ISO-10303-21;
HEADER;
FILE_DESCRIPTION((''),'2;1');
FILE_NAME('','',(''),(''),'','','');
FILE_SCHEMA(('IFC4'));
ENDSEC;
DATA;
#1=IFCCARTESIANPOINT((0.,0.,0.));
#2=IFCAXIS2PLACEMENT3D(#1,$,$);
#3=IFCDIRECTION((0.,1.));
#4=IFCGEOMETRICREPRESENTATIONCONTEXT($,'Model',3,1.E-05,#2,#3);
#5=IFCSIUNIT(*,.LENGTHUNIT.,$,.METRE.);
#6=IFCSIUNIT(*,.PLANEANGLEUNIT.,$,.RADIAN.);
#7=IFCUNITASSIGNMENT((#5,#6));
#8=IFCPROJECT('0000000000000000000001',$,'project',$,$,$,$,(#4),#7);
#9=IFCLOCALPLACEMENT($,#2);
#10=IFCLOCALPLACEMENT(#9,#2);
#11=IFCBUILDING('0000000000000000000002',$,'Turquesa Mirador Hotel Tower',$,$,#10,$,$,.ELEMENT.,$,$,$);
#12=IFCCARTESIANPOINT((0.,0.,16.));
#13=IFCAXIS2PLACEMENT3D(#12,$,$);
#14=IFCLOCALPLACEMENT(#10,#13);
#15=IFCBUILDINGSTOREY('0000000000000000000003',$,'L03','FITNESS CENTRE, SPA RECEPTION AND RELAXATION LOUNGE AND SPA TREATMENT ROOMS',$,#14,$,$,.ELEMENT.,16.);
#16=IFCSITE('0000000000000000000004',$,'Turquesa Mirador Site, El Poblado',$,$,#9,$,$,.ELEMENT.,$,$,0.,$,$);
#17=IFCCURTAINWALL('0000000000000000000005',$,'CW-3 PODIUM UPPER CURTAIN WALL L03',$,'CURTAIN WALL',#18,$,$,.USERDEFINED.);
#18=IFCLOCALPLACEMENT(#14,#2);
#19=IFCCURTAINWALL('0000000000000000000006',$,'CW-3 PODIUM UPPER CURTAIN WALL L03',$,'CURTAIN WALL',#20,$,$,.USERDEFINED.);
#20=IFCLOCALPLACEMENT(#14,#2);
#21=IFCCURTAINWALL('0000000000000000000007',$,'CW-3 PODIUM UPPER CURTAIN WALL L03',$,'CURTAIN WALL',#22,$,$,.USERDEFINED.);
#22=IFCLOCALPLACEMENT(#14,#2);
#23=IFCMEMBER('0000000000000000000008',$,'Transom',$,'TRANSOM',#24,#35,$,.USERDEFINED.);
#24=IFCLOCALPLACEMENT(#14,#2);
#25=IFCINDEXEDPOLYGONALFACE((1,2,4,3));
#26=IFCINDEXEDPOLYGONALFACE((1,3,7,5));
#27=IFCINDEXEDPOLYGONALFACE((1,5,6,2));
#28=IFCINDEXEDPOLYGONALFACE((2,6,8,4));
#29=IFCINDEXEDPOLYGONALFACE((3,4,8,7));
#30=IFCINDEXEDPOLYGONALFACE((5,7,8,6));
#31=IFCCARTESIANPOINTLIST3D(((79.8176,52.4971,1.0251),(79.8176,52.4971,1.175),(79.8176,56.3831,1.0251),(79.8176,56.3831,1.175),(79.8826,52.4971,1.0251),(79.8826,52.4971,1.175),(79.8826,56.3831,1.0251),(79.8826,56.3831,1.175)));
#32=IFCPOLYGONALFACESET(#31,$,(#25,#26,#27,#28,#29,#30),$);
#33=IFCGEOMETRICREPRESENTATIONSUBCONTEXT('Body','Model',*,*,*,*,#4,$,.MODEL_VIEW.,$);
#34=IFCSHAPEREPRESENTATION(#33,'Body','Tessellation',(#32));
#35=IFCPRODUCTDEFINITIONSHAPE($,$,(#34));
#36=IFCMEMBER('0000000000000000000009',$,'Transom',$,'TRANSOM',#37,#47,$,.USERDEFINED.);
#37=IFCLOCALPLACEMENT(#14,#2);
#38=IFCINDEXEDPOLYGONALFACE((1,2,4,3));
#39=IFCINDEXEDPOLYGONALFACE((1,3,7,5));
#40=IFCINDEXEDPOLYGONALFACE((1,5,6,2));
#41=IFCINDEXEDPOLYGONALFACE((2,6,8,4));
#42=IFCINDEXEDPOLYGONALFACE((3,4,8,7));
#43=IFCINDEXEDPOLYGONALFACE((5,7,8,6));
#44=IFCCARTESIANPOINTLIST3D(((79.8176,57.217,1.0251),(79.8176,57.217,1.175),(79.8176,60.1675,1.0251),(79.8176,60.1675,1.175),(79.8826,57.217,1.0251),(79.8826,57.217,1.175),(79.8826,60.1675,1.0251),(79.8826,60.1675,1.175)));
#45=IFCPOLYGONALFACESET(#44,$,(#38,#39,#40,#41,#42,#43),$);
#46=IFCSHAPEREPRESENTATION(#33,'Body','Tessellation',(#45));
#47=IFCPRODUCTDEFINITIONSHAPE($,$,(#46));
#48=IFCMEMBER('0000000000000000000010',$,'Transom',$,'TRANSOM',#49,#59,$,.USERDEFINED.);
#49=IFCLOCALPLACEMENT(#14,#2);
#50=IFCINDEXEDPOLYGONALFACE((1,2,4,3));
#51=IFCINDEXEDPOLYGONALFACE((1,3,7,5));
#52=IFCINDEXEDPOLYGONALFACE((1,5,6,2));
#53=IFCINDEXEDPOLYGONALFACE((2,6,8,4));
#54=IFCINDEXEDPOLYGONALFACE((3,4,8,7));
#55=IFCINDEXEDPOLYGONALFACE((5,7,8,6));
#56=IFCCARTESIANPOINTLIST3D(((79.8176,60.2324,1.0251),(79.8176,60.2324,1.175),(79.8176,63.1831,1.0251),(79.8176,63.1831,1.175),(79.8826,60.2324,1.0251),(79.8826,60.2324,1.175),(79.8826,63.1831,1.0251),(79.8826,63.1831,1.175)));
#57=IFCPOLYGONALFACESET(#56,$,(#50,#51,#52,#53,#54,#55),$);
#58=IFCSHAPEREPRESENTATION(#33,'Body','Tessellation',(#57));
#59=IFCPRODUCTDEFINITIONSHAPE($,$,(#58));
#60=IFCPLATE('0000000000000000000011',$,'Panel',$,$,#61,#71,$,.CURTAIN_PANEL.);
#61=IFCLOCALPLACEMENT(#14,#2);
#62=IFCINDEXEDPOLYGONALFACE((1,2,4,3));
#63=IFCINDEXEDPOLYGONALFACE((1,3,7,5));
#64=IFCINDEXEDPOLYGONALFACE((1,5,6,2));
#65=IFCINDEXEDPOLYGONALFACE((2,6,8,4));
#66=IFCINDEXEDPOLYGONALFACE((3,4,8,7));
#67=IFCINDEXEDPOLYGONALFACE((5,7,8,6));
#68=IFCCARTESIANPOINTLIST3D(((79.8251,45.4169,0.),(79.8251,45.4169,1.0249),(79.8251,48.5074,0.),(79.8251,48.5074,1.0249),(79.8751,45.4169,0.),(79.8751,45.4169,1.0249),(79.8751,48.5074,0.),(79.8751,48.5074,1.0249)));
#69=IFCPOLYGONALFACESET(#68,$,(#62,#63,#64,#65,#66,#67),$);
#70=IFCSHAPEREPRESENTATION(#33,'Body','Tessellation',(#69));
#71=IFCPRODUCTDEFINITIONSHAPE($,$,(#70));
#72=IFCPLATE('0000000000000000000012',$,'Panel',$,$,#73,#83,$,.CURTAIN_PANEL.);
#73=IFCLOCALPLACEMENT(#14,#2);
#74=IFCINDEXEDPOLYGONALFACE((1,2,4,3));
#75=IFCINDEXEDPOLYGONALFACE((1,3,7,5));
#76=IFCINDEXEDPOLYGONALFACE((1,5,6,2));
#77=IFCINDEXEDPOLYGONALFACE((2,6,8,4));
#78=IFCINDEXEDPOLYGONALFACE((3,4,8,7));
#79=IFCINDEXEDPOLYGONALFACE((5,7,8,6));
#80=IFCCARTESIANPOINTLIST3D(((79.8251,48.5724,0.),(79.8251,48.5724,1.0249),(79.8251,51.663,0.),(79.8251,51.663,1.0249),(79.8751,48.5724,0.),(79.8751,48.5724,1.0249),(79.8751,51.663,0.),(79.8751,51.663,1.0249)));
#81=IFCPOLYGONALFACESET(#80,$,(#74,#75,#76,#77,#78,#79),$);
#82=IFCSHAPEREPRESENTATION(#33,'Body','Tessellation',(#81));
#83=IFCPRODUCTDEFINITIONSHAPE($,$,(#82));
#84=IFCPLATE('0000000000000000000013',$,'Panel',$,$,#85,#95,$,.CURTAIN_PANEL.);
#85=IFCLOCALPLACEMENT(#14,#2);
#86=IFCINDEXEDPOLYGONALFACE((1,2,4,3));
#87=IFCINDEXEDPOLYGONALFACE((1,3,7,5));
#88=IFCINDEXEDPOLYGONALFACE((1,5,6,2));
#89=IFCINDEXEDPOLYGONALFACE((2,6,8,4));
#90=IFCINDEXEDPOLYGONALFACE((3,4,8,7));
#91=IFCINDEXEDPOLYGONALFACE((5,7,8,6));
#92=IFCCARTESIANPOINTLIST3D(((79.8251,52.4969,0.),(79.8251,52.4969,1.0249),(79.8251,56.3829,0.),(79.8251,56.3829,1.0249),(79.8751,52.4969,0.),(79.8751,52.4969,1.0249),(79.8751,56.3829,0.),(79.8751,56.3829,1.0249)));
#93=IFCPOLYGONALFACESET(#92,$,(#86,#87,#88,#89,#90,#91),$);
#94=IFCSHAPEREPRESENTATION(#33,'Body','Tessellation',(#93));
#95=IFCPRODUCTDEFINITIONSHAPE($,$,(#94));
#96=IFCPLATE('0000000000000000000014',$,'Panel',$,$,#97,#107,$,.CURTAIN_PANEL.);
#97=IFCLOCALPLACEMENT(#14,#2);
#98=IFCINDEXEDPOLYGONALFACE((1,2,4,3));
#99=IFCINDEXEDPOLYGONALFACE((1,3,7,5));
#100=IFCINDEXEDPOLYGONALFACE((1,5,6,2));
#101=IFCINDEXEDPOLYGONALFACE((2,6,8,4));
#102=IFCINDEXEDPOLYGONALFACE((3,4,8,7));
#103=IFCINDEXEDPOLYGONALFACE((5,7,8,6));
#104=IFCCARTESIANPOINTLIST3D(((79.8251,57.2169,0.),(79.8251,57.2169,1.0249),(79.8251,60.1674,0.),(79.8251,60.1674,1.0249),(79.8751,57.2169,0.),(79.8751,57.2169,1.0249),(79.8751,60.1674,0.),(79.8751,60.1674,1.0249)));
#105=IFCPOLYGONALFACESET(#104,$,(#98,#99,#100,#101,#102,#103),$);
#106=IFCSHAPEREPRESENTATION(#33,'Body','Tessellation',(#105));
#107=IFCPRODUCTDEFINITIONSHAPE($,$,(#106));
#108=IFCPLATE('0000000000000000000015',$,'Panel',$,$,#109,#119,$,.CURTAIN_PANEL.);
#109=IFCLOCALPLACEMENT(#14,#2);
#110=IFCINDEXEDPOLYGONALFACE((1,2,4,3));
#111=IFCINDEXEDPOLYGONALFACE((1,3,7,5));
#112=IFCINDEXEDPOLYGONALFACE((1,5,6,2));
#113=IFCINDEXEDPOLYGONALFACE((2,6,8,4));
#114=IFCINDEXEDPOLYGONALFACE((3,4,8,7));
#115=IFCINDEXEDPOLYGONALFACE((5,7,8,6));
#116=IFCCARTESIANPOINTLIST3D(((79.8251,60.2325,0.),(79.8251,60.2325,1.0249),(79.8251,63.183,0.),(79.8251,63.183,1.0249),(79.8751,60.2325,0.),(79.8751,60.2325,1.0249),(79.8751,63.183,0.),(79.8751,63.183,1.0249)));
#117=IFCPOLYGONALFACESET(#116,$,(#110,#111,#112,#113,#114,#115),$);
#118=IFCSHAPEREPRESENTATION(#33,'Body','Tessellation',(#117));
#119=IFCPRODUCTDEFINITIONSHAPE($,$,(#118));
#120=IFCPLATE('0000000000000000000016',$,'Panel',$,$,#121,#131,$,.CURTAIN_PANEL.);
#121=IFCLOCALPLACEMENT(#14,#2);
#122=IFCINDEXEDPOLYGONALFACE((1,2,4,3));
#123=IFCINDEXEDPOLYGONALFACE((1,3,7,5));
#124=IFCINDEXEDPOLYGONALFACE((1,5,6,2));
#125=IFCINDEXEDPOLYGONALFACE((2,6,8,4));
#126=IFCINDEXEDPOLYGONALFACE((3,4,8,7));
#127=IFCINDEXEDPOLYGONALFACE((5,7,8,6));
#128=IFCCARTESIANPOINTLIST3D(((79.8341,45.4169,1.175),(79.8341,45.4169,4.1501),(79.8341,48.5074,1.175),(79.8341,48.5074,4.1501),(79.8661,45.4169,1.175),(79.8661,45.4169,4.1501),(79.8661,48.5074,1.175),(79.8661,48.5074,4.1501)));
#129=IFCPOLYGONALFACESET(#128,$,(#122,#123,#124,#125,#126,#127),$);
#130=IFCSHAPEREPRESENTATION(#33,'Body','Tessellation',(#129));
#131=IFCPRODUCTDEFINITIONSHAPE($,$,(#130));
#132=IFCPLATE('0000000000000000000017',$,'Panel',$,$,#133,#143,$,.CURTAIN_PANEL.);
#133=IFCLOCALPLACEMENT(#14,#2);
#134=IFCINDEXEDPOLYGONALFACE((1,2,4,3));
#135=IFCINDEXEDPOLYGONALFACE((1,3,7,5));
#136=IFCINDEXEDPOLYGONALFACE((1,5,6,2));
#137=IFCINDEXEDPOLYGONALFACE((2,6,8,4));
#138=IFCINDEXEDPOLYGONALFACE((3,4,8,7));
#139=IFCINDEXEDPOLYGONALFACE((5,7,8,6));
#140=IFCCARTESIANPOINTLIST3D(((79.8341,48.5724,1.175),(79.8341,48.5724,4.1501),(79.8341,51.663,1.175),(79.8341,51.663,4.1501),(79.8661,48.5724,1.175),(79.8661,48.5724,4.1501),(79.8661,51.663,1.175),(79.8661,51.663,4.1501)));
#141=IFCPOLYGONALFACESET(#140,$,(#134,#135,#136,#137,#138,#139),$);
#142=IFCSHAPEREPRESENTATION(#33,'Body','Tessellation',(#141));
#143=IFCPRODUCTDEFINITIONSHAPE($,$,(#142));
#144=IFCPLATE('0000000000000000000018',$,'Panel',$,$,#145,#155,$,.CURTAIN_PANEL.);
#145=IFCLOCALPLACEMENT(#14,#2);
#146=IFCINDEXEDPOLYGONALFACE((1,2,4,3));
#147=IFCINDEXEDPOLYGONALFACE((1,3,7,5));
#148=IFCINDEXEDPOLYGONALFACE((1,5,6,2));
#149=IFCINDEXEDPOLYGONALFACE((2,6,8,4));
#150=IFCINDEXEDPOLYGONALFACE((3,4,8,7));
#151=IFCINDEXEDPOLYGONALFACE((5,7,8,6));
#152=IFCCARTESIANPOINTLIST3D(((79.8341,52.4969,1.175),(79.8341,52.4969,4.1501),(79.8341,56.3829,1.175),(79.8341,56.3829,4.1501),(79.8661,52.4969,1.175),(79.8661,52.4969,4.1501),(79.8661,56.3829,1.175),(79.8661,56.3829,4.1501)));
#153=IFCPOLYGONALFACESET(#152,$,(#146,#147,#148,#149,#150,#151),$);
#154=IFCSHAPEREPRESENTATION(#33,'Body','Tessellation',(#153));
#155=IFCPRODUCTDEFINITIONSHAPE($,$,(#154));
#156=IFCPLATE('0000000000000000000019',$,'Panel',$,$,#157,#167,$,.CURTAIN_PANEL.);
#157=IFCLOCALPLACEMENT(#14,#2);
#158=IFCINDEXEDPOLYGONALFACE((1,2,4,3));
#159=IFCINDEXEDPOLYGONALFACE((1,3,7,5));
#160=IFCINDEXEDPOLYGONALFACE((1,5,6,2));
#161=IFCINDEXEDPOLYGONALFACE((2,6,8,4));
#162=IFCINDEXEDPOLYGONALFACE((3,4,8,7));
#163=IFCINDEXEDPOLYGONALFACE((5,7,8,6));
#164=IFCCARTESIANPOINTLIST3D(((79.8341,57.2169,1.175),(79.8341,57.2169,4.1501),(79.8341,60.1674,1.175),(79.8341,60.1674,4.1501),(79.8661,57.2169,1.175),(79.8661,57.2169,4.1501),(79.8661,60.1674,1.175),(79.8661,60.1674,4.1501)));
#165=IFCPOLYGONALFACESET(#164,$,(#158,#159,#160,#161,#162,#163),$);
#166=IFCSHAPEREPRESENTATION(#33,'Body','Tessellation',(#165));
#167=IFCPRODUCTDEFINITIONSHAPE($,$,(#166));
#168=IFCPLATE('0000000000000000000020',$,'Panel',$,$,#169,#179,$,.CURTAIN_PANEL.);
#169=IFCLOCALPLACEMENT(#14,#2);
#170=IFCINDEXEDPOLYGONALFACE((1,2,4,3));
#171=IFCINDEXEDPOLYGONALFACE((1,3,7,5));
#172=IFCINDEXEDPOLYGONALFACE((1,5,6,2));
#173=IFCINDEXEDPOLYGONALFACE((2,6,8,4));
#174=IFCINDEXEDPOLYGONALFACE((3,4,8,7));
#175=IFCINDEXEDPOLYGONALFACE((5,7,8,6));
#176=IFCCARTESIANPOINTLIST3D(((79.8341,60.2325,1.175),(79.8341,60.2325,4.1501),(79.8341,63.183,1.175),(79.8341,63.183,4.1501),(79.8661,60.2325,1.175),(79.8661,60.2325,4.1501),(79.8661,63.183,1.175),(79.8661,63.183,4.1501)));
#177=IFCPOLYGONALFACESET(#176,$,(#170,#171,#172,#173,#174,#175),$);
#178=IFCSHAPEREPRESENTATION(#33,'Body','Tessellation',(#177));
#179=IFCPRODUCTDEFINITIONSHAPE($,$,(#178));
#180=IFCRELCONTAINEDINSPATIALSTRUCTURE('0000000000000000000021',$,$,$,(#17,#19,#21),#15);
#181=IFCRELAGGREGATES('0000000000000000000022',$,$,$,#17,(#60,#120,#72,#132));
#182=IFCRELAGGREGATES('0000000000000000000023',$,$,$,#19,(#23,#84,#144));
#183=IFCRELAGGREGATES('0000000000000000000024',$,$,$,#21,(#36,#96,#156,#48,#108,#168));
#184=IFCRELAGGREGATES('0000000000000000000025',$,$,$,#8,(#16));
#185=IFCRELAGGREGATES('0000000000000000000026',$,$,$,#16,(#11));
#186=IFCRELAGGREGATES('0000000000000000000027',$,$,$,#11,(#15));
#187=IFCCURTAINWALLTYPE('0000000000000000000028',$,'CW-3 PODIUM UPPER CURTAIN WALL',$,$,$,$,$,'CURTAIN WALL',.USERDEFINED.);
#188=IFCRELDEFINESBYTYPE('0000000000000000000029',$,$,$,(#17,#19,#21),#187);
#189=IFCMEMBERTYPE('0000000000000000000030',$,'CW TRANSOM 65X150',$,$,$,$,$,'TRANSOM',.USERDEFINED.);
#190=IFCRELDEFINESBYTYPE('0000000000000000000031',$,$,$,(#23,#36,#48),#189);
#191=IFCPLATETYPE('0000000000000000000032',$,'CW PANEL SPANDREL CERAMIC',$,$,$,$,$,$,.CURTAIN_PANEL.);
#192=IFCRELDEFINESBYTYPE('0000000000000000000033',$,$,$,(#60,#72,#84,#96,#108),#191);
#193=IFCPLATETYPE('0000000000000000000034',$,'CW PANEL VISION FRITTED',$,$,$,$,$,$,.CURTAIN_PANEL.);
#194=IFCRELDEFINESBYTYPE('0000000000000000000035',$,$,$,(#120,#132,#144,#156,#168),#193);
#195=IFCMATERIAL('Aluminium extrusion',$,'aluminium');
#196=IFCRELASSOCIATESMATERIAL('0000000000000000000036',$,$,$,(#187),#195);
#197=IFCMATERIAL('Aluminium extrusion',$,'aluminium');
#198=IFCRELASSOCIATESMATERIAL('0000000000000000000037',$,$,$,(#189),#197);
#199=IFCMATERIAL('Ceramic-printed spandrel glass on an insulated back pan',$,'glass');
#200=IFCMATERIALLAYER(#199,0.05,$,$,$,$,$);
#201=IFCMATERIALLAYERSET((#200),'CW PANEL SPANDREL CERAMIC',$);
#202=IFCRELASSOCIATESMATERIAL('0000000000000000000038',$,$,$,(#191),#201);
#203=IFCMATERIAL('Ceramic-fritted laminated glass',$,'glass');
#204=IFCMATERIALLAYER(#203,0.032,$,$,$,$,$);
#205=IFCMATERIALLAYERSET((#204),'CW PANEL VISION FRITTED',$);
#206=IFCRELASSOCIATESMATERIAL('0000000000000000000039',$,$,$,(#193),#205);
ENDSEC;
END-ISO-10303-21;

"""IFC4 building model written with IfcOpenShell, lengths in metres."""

from ifc_helpers import new_model, si_unit, direction, frame, origin, origin_2d, place, context, subcontext, project, spatial, rectangle, extrude, material, layer, layer_set, material_profile, profile_set, type_object, element, aggregate, save


model = new_model("IFC4")

# Units and contexts
model_context = context("Model", 3, precision=1e-05, world=origin(), true_north=direction((0.0, 1.0)))
body_context = subcontext(model_context, "Body", "Model", "MODEL_VIEW")
ifc_project = project(units=[si_unit("LENGTHUNIT", "METRE"), si_unit("PLANEANGLEUNIT", "RADIAN")], contexts=[model_context])

# Site, building, storey
site_placement = place(None, origin())
site = spatial("IfcSite", under=ifc_project, at=site_placement, Name="Turquesa Mirador Site, El Poblado", CompositionType="ELEMENT", RefElevation=0.0)
building_placement = place(site_placement, origin())
building = spatial("IfcBuilding", under=site, at=building_placement, Name="Turquesa Mirador Hotel Tower", CompositionType="ELEMENT")
storey_placement = place(building_placement, frame((0.0, 0.0, 16.0)))
storey = spatial("IfcBuildingStorey", under=building, at=storey_placement, Name="L03", Description="FITNESS CENTRE, SPA RECEPTION AND RELAXATION LOUNGE AND SPA TREATMENT ROOMS", CompositionType="ELEMENT", Elevation=16.0)

# Curtain walls
ifc_material_1 = material(Name="Aluminium extrusion", Category="aluminium")
curtain_wall_type = type_object("IfcCurtainWallType", Name="CW-3 PODIUM UPPER CURTAIN WALL", ElementType="CURTAIN WALL", PredefinedType="USERDEFINED", material=ifc_material_1)
curtain_wall_1_placement = place(storey_placement, origin())
curtain_wall_1 = element("IfcCurtainWall", 1, at=curtain_wall_1_placement, inside=storey, type_object=curtain_wall_type, Name="CW-3 PODIUM UPPER CURTAIN WALL L03", ObjectType="CURTAIN WALL", PredefinedType="USERDEFINED")
curtain_wall_2_placement = place(storey_placement, origin())
curtain_wall_2 = element("IfcCurtainWall", 2, at=curtain_wall_2_placement, inside=storey, type_object=curtain_wall_type, Name="CW-3 PODIUM UPPER CURTAIN WALL L03", ObjectType="CURTAIN WALL", PredefinedType="USERDEFINED")
curtain_wall_3_placement = place(storey_placement, origin())
curtain_wall_3 = element("IfcCurtainWall", 3, at=curtain_wall_3_placement, inside=storey, type_object=curtain_wall_type, Name="CW-3 PODIUM UPPER CURTAIN WALL L03", ObjectType="CURTAIN WALL", PredefinedType="USERDEFINED")

# Members
ifc_material_2 = material(Name="Aluminium extrusion", Category="aluminium")
ifc_material_profile_1 = material_profile(ifc_material_2, rectangle(XDim=0.0649, YDim=0.1499, at=origin_2d()), Name="TRANSOM 65X150")
ifc_profile_set_1 = profile_set([ifc_material_profile_1], Name="Aluminium extrusion")
member_type_1 = type_object("IfcMemberType", Name="CW TRANSOM 65X150", ElementType="TRANSOM", PredefinedType="USERDEFINED", material=ifc_profile_set_1)
member_1_placement = place(storey_placement, frame((79.8501, 52.4971, 1.1001), z_axis=(0.0, 1.0, 0.0), x_axis=(-1.0, 0.0, 0.0)))
member_1 = element("IfcMember", 4, at=member_1_placement, type_object=member_type_1, Name="Transom", ObjectType="TRANSOM", PredefinedType="USERDEFINED", context=body_context, shape_type="SweptSolid", body=[
    extrude(rectangle(XDim=0.0649, YDim=0.1499, at=origin_2d()), origin(), (0.0, 0.0, 1.0), 3.886),
])
member_2_placement = place(storey_placement, frame((79.8501, 57.217, 1.1001), z_axis=(0.0, 1.0, 0.0), x_axis=(-1.0, 0.0, 0.0)))
member_2 = element("IfcMember", 5, at=member_2_placement, type_object=member_type_1, Name="Transom", ObjectType="TRANSOM", PredefinedType="USERDEFINED", context=body_context, shape_type="SweptSolid", body=[
    extrude(rectangle(XDim=0.0649, YDim=0.1499, at=origin_2d()), origin(), (0.0, 0.0, 1.0), 2.9504),
])
member_3_placement = place(storey_placement, frame((79.8501, 60.2324, 1.1001), z_axis=(0.0, 1.0, 0.0), x_axis=(-1.0, 0.0, 0.0)))
member_3 = element("IfcMember", 6, at=member_3_placement, type_object=member_type_1, Name="Transom", ObjectType="TRANSOM", PredefinedType="USERDEFINED", context=body_context, shape_type="SweptSolid", body=[
    extrude(rectangle(XDim=0.0649, YDim=0.1499, at=origin_2d()), origin(), (0.0, 0.0, 1.0), 2.9507),
])

# Plates
ifc_material_3 = material(Name="Ceramic-printed spandrel glass on an insulated back pan", Category="glass")
ifc_layer_1 = layer(ifc_material_3, 0.05)
ifc_layer_set_1 = layer_set([ifc_layer_1], Name="CW PANEL SPANDREL CERAMIC")
plate_type_1 = type_object("IfcPlateType", Name="CW PANEL SPANDREL CERAMIC", PredefinedType="CURTAIN_PANEL", material=ifc_layer_set_1)
plate_1_placement = place(storey_placement, frame((79.8501, 46.9622, 0.0), z_axis=(0.0, 0.0, 1.0), x_axis=(0.0, 1.0, 0.0)))
plate_1 = element("IfcPlate", 7, at=plate_1_placement, type_object=plate_type_1, Name="Panel", PredefinedType="CURTAIN_PANEL", context=body_context, shape_type="SweptSolid", body=[
    extrude(rectangle(XDim=3.0906, YDim=0.05, at=origin_2d()), origin(), (0.0, 0.0, 1.0), 1.0249),
])
plate_2_placement = place(storey_placement, frame((79.8501, 50.1177, 0.0), z_axis=(0.0, 0.0, 1.0), x_axis=(0.0, 1.0, 0.0)))
plate_2 = element("IfcPlate", 8, at=plate_2_placement, type_object=plate_type_1, Name="Panel", PredefinedType="CURTAIN_PANEL", context=body_context, shape_type="SweptSolid", body=[
    extrude(rectangle(XDim=3.0906, YDim=0.05, at=origin_2d()), origin(), (0.0, 0.0, 1.0), 1.0249),
])
plate_3_placement = place(storey_placement, frame((79.8501, 54.4399, 0.0), z_axis=(0.0, 0.0, 1.0), x_axis=(0.0, 1.0, 0.0)))
plate_3 = element("IfcPlate", 9, at=plate_3_placement, type_object=plate_type_1, Name="Panel", PredefinedType="CURTAIN_PANEL", context=body_context, shape_type="SweptSolid", body=[
    extrude(rectangle(XDim=3.886, YDim=0.05, at=origin_2d()), origin(), (0.0, 0.0, 1.0), 1.0249),
])
plate_4_placement = place(storey_placement, frame((79.8501, 58.6921, 0.0), z_axis=(0.0, 0.0, 1.0), x_axis=(0.0, 1.0, 0.0)))
plate_4 = element("IfcPlate", 10, at=plate_4_placement, type_object=plate_type_1, Name="Panel", PredefinedType="CURTAIN_PANEL", context=body_context, shape_type="SweptSolid", body=[
    extrude(rectangle(XDim=2.9504, YDim=0.05, at=origin_2d()), origin(), (0.0, 0.0, 1.0), 1.0249),
])
plate_5_placement = place(storey_placement, frame((79.8501, 61.7078, 0.0), z_axis=(0.0, 0.0, 1.0), x_axis=(0.0, 1.0, 0.0)))
plate_5 = element("IfcPlate", 11, at=plate_5_placement, type_object=plate_type_1, Name="Panel", PredefinedType="CURTAIN_PANEL", context=body_context, shape_type="SweptSolid", body=[
    extrude(rectangle(XDim=2.9504, YDim=0.05, at=origin_2d()), origin(), (0.0, 0.0, 1.0), 1.0249),
])
ifc_material_4 = material(Name="Ceramic-fritted laminated glass", Category="glass")
ifc_layer_2 = layer(ifc_material_4, 0.032)
ifc_layer_set_2 = layer_set([ifc_layer_2], Name="CW PANEL VISION FRITTED")
plate_type_2 = type_object("IfcPlateType", Name="CW PANEL VISION FRITTED", PredefinedType="CURTAIN_PANEL", material=ifc_layer_set_2)
plate_6_placement = place(storey_placement, frame((79.8501, 46.9622, 1.175), z_axis=(0.0, 0.0, 1.0), x_axis=(0.0, 1.0, 0.0)))
plate_6 = element("IfcPlate", 12, at=plate_6_placement, type_object=plate_type_2, Name="Panel", PredefinedType="CURTAIN_PANEL", context=body_context, shape_type="SweptSolid", body=[
    extrude(rectangle(XDim=3.0906, YDim=0.032, at=origin_2d()), origin(), (0.0, 0.0, 1.0), 2.9751),
])
plate_7_placement = place(storey_placement, frame((79.8501, 50.1177, 1.175), z_axis=(0.0, 0.0, 1.0), x_axis=(0.0, 1.0, 0.0)))
plate_7 = element("IfcPlate", 13, at=plate_7_placement, type_object=plate_type_2, Name="Panel", PredefinedType="CURTAIN_PANEL", context=body_context, shape_type="SweptSolid", body=[
    extrude(rectangle(XDim=3.0906, YDim=0.032, at=origin_2d()), origin(), (0.0, 0.0, 1.0), 2.9751),
])
aggregate(curtain_wall_1, [plate_1, plate_6, plate_2, plate_7])
plate_8_placement = place(storey_placement, frame((79.8501, 54.4399, 1.175), z_axis=(0.0, 0.0, 1.0), x_axis=(0.0, 1.0, 0.0)))
plate_8 = element("IfcPlate", 14, at=plate_8_placement, type_object=plate_type_2, Name="Panel", PredefinedType="CURTAIN_PANEL", context=body_context, shape_type="SweptSolid", body=[
    extrude(rectangle(XDim=3.886, YDim=0.032, at=origin_2d()), origin(), (0.0, 0.0, 1.0), 2.9751),
])
aggregate(curtain_wall_2, [member_1, plate_3, plate_8])
plate_9_placement = place(storey_placement, frame((79.8501, 58.6921, 1.175), z_axis=(0.0, 0.0, 1.0), x_axis=(0.0, 1.0, 0.0)))
plate_9 = element("IfcPlate", 15, at=plate_9_placement, type_object=plate_type_2, Name="Panel", PredefinedType="CURTAIN_PANEL", context=body_context, shape_type="SweptSolid", body=[
    extrude(rectangle(XDim=2.9504, YDim=0.032, at=origin_2d()), origin(), (0.0, 0.0, 1.0), 2.9751),
])
plate_10_placement = place(storey_placement, frame((79.8501, 61.7078, 1.175), z_axis=(0.0, 0.0, 1.0), x_axis=(0.0, 1.0, 0.0)))
plate_10 = element("IfcPlate", 16, at=plate_10_placement, type_object=plate_type_2, Name="Panel", PredefinedType="CURTAIN_PANEL", context=body_context, shape_type="SweptSolid", body=[
    extrude(rectangle(XDim=2.9504, YDim=0.032, at=origin_2d()), origin(), (0.0, 0.0, 1.0), 2.9751),
])
aggregate(curtain_wall_3, [member_2, plate_4, plate_9, member_3, plate_5, plate_10])

save(model, "model.ifc")
